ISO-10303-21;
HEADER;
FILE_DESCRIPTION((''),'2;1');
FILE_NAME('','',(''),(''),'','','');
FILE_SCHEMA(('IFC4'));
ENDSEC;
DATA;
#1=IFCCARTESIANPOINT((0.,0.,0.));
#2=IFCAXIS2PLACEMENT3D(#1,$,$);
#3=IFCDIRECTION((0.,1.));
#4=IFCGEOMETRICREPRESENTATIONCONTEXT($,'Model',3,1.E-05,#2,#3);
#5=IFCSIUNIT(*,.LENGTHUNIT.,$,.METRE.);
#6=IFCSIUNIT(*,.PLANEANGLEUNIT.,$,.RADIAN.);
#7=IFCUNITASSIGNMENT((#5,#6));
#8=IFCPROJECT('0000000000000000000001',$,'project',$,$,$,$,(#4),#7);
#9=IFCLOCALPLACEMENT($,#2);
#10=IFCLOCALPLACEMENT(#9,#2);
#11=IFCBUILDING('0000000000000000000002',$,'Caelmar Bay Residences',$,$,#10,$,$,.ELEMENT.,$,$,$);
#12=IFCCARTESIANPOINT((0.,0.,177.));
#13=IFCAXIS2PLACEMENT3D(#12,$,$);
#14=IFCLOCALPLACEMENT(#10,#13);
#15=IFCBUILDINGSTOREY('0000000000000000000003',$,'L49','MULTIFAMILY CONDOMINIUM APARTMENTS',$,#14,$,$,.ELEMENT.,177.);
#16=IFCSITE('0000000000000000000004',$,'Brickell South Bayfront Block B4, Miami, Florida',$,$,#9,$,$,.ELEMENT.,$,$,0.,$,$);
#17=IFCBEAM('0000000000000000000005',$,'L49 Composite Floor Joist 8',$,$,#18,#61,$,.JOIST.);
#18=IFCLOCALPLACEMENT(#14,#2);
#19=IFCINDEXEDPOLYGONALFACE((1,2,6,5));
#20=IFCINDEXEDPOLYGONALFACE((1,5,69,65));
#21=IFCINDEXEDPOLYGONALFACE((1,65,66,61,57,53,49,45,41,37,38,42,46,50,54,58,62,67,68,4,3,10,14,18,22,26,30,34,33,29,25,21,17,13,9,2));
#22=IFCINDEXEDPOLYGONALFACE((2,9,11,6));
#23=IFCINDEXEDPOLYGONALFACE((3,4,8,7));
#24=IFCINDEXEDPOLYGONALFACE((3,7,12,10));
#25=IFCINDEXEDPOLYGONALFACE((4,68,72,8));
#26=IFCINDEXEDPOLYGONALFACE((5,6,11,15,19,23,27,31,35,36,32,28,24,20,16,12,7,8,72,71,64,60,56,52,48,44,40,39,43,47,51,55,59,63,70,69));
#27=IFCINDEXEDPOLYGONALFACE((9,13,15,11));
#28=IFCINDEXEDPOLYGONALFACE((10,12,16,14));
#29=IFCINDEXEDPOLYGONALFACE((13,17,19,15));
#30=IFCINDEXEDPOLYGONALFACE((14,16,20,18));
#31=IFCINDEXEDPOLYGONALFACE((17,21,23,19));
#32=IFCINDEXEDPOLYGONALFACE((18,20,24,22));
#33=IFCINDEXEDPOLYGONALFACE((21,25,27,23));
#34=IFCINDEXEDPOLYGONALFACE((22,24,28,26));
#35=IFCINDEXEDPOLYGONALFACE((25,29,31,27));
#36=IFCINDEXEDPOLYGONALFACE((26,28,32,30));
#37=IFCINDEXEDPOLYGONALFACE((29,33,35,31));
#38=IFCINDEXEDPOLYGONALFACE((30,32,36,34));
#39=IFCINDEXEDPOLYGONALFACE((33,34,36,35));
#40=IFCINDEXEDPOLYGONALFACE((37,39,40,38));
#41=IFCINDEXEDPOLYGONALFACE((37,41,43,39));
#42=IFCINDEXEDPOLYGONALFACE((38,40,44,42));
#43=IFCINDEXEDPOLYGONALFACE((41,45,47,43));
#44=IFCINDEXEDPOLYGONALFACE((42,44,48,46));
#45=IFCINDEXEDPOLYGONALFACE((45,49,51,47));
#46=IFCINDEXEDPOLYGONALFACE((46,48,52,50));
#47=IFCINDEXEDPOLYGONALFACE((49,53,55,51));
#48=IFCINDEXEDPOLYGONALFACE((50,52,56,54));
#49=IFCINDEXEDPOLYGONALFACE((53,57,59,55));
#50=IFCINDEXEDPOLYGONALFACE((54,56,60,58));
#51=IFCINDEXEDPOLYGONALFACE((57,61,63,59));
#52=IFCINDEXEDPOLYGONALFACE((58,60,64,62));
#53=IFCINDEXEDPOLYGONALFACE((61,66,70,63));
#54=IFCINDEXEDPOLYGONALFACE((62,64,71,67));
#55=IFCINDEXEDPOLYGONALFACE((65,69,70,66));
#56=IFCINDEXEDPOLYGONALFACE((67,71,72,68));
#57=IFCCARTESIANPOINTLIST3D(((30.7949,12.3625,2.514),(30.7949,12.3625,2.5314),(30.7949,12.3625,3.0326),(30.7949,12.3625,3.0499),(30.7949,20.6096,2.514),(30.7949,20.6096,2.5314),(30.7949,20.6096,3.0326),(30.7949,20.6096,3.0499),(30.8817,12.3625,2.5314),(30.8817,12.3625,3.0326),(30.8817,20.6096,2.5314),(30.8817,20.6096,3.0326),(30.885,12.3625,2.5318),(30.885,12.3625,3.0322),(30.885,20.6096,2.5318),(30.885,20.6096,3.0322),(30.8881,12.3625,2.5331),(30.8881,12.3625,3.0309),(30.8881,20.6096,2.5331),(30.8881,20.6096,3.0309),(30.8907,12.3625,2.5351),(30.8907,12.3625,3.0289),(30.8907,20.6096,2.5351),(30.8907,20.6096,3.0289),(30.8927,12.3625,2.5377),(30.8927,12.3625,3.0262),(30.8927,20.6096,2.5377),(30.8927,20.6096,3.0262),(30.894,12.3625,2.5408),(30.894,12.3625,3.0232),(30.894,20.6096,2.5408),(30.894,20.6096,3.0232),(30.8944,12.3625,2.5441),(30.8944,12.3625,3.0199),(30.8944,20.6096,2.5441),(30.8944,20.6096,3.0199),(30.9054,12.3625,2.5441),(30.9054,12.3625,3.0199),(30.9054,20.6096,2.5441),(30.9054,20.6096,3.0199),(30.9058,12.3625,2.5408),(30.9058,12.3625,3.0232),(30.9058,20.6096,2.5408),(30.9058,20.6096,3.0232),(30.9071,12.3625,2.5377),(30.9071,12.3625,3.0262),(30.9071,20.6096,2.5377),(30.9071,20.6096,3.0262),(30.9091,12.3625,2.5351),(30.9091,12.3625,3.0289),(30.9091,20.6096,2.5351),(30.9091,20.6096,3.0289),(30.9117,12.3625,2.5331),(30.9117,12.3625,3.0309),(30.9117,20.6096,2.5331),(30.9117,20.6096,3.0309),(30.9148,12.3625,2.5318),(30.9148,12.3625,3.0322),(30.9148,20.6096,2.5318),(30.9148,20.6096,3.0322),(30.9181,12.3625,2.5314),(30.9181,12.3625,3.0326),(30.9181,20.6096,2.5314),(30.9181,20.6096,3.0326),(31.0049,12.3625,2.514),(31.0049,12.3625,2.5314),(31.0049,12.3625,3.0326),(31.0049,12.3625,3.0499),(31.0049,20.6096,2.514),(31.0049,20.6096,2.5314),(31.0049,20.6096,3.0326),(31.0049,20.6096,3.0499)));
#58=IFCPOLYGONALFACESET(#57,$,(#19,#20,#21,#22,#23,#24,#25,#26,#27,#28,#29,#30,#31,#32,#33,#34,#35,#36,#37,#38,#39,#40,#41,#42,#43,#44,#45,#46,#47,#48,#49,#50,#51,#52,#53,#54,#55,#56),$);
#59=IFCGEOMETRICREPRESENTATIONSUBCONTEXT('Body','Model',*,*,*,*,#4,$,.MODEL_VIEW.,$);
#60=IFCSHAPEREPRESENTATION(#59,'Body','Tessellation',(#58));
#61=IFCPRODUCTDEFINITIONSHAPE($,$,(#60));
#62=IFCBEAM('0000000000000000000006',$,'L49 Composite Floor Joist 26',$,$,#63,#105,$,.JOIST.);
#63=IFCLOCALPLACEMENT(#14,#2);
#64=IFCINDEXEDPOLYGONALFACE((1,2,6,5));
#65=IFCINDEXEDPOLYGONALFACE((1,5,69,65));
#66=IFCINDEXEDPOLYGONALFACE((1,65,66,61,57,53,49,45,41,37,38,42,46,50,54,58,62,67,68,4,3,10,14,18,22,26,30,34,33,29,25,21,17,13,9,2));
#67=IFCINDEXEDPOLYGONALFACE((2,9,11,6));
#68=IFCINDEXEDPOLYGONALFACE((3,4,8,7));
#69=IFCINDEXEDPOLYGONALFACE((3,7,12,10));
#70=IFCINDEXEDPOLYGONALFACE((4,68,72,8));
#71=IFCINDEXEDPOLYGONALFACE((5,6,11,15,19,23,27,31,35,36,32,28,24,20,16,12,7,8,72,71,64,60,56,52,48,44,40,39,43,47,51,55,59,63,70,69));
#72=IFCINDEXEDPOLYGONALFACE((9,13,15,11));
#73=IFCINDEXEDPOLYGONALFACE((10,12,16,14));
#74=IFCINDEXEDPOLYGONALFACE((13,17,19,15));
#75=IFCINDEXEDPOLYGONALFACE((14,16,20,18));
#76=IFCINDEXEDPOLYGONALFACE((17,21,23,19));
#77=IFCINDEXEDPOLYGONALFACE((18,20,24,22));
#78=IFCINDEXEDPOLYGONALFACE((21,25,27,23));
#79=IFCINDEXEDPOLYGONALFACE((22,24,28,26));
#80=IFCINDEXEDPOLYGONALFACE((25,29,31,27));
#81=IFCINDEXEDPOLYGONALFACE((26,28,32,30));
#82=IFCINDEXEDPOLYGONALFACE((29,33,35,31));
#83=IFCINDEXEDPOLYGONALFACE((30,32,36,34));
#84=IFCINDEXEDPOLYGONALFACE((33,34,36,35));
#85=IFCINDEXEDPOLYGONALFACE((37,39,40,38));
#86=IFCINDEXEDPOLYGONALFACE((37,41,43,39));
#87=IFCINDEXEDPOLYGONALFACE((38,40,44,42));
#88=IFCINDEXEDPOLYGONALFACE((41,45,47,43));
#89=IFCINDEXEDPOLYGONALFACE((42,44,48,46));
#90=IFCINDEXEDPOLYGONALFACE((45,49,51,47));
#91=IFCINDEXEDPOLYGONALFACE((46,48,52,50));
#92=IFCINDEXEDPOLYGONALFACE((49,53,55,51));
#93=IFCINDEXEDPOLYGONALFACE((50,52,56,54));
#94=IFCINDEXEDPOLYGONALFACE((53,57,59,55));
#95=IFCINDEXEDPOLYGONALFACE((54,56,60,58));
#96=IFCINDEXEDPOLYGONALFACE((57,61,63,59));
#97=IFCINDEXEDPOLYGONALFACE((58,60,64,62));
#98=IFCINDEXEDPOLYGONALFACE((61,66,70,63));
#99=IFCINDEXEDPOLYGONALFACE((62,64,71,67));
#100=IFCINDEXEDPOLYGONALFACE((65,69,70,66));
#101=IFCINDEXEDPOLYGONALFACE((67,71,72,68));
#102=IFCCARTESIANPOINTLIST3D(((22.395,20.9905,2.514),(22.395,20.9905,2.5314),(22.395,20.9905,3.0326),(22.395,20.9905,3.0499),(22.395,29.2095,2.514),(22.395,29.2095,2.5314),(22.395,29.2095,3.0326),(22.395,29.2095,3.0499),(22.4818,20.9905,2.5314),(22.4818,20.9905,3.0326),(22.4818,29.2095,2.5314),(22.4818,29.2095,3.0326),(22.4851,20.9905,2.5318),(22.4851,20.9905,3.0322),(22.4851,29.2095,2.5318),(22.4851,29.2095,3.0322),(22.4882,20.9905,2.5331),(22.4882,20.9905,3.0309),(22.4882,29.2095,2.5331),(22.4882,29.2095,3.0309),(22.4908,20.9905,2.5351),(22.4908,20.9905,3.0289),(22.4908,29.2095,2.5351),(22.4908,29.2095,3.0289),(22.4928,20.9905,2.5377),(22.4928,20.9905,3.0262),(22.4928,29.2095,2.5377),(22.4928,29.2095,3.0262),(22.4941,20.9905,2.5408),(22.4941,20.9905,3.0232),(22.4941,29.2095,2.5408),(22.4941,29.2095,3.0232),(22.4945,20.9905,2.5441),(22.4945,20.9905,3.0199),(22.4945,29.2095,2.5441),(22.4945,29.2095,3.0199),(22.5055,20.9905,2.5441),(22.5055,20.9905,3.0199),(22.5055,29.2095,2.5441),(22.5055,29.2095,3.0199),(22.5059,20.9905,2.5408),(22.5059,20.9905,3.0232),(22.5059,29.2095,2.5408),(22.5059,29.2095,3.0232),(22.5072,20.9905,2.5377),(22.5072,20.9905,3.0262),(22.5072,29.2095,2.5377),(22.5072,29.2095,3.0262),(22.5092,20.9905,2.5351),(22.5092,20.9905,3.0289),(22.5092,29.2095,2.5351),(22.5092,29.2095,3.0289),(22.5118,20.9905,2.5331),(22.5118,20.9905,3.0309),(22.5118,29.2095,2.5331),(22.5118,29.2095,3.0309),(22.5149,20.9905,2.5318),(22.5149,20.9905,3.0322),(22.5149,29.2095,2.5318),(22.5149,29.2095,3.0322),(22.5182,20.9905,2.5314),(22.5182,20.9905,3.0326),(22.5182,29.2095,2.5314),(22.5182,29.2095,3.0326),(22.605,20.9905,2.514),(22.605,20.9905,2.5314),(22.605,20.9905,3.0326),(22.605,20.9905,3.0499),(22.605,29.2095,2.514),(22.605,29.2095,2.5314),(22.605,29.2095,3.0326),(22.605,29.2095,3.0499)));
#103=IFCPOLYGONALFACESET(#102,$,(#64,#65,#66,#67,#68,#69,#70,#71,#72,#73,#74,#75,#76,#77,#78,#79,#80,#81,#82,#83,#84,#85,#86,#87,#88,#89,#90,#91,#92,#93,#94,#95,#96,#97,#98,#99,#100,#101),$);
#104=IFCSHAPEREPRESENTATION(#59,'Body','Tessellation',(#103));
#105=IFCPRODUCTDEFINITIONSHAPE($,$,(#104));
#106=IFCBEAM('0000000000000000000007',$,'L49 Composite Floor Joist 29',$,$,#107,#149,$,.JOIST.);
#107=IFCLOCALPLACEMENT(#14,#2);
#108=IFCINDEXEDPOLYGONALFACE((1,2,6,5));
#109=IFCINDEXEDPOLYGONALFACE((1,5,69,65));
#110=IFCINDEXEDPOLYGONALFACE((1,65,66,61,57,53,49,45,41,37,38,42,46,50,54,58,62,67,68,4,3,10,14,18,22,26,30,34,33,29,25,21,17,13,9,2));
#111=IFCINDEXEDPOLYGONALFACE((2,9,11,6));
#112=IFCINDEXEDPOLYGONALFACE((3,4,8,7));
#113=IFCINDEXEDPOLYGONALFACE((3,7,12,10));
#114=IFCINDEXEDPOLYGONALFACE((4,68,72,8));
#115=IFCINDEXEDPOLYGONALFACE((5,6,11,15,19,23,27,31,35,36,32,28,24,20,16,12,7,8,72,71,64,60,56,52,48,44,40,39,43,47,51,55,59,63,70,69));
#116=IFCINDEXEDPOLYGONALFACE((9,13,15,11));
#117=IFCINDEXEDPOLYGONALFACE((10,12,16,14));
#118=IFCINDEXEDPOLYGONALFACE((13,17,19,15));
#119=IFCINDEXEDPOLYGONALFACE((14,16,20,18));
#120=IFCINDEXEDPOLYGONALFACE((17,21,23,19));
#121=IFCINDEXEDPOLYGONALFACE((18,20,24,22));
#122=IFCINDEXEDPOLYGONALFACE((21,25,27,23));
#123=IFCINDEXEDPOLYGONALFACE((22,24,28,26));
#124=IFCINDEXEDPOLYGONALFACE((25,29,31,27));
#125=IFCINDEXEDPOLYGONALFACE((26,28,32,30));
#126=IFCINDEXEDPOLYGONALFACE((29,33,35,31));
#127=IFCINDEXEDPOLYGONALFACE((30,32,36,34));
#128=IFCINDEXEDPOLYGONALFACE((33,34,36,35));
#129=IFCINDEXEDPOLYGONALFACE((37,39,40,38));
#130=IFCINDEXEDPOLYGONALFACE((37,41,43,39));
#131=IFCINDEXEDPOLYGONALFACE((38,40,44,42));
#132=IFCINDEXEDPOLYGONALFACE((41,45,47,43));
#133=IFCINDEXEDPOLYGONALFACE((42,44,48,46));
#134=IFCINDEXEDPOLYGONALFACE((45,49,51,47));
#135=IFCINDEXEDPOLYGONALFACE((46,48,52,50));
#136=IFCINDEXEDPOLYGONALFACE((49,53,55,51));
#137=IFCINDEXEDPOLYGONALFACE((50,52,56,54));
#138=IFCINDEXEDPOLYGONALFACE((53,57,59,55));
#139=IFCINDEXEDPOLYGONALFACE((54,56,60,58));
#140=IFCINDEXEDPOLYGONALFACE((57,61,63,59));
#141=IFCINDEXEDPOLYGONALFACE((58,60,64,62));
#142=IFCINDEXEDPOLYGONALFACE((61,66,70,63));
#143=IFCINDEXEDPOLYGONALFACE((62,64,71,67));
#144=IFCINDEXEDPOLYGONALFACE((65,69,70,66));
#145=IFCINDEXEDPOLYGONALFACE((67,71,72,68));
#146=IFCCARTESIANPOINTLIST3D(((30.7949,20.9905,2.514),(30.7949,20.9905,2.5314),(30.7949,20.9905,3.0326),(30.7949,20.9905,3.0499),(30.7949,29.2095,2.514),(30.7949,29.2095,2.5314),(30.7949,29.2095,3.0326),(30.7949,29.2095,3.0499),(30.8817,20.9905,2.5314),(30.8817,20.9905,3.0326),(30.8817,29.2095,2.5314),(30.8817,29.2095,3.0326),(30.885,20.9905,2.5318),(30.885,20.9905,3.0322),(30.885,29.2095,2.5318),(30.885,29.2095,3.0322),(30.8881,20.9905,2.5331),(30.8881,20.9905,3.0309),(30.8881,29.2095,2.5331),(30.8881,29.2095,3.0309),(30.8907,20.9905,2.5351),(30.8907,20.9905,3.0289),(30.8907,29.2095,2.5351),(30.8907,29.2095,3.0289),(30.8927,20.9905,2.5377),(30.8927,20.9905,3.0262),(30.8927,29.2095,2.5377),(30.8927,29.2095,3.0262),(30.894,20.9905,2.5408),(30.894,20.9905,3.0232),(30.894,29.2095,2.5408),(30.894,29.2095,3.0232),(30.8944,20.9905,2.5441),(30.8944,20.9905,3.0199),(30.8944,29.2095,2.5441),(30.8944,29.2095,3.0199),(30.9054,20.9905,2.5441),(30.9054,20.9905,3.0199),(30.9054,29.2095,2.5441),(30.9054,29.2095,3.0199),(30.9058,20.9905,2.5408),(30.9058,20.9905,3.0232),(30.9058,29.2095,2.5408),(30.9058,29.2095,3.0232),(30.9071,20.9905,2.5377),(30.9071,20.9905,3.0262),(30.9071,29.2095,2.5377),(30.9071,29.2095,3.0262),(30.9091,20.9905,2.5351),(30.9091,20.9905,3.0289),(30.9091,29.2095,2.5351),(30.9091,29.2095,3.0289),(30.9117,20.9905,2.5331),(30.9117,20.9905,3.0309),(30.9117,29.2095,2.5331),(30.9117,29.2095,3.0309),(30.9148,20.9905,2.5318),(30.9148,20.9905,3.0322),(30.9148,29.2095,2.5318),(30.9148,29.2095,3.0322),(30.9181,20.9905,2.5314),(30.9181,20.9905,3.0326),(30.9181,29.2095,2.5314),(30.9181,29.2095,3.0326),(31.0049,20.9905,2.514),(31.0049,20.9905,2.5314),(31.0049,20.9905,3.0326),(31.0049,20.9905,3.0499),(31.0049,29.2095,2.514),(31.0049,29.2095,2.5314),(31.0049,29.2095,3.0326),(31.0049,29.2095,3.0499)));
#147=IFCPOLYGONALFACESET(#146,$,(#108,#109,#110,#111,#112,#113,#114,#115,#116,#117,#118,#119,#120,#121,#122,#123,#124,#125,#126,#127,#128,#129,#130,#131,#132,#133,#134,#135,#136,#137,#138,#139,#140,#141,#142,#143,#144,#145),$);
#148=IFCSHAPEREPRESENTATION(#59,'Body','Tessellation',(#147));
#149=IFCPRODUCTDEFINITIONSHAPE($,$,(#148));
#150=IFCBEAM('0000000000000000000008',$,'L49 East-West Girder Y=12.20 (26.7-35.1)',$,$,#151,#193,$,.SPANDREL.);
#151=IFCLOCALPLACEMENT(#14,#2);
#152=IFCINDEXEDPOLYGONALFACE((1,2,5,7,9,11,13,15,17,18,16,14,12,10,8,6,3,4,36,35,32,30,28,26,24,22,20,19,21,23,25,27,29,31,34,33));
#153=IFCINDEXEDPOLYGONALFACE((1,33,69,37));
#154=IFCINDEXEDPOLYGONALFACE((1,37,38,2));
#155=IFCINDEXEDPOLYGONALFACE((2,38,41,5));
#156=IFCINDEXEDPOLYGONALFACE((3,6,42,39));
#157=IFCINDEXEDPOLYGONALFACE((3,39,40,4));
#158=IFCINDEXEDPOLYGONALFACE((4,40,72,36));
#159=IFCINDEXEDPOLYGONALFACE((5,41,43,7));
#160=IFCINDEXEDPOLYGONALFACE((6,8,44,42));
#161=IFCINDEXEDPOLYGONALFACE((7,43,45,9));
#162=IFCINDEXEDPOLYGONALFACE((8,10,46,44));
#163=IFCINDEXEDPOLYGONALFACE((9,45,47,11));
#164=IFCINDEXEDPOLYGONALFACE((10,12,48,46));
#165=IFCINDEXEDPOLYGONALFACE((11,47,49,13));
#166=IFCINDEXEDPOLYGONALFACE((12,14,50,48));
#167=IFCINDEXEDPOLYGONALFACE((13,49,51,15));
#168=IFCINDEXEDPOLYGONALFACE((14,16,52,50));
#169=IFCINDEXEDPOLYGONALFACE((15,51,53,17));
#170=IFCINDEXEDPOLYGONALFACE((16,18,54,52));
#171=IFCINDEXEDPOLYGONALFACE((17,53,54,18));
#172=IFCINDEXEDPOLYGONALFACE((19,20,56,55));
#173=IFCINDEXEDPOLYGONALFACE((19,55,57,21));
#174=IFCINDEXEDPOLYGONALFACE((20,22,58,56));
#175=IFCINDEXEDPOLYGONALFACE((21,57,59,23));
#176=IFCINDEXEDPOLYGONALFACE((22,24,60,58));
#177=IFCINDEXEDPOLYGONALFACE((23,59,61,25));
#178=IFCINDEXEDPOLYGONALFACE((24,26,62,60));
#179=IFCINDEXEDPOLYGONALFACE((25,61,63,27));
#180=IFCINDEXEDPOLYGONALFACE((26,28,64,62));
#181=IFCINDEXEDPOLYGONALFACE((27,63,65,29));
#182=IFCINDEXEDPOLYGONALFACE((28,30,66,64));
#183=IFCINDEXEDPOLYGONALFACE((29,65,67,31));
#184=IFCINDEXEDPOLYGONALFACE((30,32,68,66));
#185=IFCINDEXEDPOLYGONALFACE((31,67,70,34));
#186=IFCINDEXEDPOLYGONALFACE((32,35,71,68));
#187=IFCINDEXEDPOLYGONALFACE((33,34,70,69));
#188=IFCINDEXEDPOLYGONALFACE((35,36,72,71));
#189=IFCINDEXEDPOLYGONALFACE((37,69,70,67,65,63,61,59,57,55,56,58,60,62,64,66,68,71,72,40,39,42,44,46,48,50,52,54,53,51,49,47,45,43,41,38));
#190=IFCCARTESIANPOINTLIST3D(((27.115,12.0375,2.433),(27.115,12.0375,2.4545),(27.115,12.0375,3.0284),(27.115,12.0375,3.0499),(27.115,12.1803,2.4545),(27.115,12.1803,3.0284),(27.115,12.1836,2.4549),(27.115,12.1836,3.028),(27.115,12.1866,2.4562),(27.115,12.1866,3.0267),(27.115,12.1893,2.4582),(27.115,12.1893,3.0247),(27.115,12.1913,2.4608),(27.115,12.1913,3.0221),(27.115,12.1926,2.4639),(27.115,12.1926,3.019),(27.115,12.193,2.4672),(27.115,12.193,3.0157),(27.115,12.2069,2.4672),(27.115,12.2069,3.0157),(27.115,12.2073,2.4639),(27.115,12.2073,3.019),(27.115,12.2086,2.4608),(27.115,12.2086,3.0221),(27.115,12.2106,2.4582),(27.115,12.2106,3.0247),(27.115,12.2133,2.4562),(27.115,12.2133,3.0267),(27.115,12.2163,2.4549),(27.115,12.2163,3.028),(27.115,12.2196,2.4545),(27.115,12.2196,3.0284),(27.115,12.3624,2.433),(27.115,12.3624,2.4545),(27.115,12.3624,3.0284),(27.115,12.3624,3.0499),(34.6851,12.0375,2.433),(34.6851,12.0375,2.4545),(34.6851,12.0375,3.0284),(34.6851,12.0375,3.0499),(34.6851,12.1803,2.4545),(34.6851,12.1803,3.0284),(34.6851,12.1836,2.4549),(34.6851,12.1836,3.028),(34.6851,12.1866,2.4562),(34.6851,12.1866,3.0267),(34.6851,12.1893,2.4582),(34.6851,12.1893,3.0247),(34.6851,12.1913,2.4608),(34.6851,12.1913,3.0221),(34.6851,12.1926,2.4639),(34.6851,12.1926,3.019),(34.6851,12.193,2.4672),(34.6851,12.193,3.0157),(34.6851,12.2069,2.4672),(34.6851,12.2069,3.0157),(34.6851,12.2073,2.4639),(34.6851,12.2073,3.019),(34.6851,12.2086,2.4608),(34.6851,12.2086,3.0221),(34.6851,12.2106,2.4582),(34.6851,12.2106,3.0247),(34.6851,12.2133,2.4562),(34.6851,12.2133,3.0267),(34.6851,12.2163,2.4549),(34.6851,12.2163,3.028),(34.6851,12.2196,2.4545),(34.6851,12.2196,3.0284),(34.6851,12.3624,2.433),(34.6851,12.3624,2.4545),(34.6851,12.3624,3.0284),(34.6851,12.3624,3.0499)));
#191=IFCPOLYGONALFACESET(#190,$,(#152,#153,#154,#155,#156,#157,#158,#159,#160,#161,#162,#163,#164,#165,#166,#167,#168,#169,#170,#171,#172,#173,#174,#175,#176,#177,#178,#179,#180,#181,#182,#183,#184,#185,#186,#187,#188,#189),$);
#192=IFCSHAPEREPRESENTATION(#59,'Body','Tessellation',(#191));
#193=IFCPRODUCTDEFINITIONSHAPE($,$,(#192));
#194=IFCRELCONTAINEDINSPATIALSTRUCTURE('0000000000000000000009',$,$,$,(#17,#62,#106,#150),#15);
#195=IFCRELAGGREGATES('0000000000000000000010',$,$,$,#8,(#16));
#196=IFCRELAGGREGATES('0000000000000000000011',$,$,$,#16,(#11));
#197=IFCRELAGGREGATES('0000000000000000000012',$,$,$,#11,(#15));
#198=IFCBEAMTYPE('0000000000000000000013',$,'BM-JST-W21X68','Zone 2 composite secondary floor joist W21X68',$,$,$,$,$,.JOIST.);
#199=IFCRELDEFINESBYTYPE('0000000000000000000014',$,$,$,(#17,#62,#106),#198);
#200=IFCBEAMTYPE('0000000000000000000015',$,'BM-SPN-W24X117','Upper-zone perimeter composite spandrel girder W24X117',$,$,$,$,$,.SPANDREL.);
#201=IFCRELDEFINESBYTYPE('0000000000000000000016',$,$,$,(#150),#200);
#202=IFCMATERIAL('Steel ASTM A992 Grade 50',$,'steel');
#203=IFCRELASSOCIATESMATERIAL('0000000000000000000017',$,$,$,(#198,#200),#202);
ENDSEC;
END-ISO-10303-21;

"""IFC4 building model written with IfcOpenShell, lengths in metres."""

from ifc_helpers import new_model, si_unit, direction, frame, origin, origin_2d, place, context, subcontext, project, spatial, i_section, extrude, material, material_profile, profile_set, type_object, element, save


model = new_model("IFC4")

# Units and contexts
model_context = context("Model", 3, precision=1e-05, world=origin(), true_north=direction((0.0, 1.0)))
body_context = subcontext(model_context, "Body", "Model", "MODEL_VIEW")
ifc_project = project(units=[si_unit("LENGTHUNIT", "METRE"), si_unit("PLANEANGLEUNIT", "RADIAN")], contexts=[model_context])

# Site, building, storey
site_placement = place(None, origin())
site = spatial("IfcSite", under=ifc_project, at=site_placement, Name="Brickell South Bayfront Block B4, Miami, Florida", CompositionType="ELEMENT", RefElevation=0.0)
building_placement = place(site_placement, origin())
building = spatial("IfcBuilding", under=site, at=building_placement, Name="Caelmar Bay Residences", CompositionType="ELEMENT")
storey_placement = place(building_placement, frame((0.0, 0.0, 177.0)))
storey = spatial("IfcBuildingStorey", under=building, at=storey_placement, Name="L49", Description="MULTIFAMILY CONDOMINIUM APARTMENTS", CompositionType="ELEMENT", Elevation=177.0)

# Beams
ifc_material_1 = material(Name="Steel ASTM A992 Grade 50", Category="steel")
ifc_material_profile_1 = material_profile(ifc_material_1, i_section(OverallWidth=0.21, OverallDepth=0.5359, WebThickness=0.011, FlangeThickness=0.0173, FilletRadius=0.0127, at=origin_2d()), Name="W21X68")
ifc_profile_set_1 = profile_set([ifc_material_profile_1], Name="Steel ASTM A992 Grade 50")
beam_type_1 = type_object("IfcBeamType", Name="BM-JST-W21X68", Description="Zone 2 composite secondary floor joist W21X68", PredefinedType="JOIST", material=ifc_profile_set_1)
for number, where, z_axis, x_axis, name in (
    (1, (30.8999, 12.3625, 2.782), (0.0, 1.0, 0.0), (-1.0, 0.0, 0.0), "L49 Composite Floor Joist 8"),
):
    element("IfcBeam", number, at=place(storey_placement, frame(where, z_axis=z_axis, x_axis=x_axis)), inside=storey, type_object=beam_type_1, Name=name, PredefinedType="JOIST", context=body_context, shape_type="SweptSolid", body=[
        extrude(i_section(OverallWidth=0.21, OverallDepth=0.5359, WebThickness=0.011, FlangeThickness=0.0173, FilletRadius=0.0127, at=origin_2d()), origin(), (0.0, 0.0, 1.0), 8.2471),
    ])
for number, where, z_axis, x_axis, name in (
    (2, (22.5, 20.9905, 2.782), (0.0, 1.0, 0.0), (-1.0, 0.0, 0.0), "L49 Composite Floor Joist 26"),
    (3, (30.8999, 20.9905, 2.782), (0.0, 1.0, 0.0), (-1.0, 0.0, 0.0), "L49 Composite Floor Joist 29"),
):
    element("IfcBeam", number, at=place(storey_placement, frame(where, z_axis=z_axis, x_axis=x_axis)), inside=storey, type_object=beam_type_1, Name=name, PredefinedType="JOIST", context=body_context, shape_type="SweptSolid", body=[
        extrude(i_section(OverallWidth=0.21, OverallDepth=0.5359, WebThickness=0.011, FlangeThickness=0.0173, FilletRadius=0.0127, at=origin_2d()), origin(), (0.0, 0.0, 1.0), 8.219),
    ])
ifc_material_profile_2 = material_profile(ifc_material_1, i_section(OverallWidth=0.325, OverallDepth=0.6169, WebThickness=0.0139, FlangeThickness=0.0215, FilletRadius=0.0127, at=origin_2d()), Name="W24X117")
ifc_profile_set_2 = profile_set([ifc_material_profile_2], Name="Steel ASTM A992 Grade 50")
beam_type_2 = type_object("IfcBeamType", Name="BM-SPN-W24X117", Description="Upper-zone perimeter composite spandrel girder W24X117", PredefinedType="SPANDREL", material=ifc_profile_set_2)
beam_1_placement = place(storey_placement, frame((27.115, 12.2, 2.7415), z_axis=(1.0, 0.0, 0.0), x_axis=(0.0, 1.0, 0.0)))
element("IfcBeam", 4, at=beam_1_placement, inside=storey, type_object=beam_type_2, Name="L49 East-West Girder Y=12.20 (26.7-35.1)", PredefinedType="SPANDREL", context=body_context, shape_type="SweptSolid", body=[
    extrude(i_section(OverallWidth=0.325, OverallDepth=0.6169, WebThickness=0.0139, FlangeThickness=0.0215, FilletRadius=0.0127, at=origin_2d()), origin(), (0.0, 0.0, 1.0), 7.5701),
])

save(model, "model.ifc")
